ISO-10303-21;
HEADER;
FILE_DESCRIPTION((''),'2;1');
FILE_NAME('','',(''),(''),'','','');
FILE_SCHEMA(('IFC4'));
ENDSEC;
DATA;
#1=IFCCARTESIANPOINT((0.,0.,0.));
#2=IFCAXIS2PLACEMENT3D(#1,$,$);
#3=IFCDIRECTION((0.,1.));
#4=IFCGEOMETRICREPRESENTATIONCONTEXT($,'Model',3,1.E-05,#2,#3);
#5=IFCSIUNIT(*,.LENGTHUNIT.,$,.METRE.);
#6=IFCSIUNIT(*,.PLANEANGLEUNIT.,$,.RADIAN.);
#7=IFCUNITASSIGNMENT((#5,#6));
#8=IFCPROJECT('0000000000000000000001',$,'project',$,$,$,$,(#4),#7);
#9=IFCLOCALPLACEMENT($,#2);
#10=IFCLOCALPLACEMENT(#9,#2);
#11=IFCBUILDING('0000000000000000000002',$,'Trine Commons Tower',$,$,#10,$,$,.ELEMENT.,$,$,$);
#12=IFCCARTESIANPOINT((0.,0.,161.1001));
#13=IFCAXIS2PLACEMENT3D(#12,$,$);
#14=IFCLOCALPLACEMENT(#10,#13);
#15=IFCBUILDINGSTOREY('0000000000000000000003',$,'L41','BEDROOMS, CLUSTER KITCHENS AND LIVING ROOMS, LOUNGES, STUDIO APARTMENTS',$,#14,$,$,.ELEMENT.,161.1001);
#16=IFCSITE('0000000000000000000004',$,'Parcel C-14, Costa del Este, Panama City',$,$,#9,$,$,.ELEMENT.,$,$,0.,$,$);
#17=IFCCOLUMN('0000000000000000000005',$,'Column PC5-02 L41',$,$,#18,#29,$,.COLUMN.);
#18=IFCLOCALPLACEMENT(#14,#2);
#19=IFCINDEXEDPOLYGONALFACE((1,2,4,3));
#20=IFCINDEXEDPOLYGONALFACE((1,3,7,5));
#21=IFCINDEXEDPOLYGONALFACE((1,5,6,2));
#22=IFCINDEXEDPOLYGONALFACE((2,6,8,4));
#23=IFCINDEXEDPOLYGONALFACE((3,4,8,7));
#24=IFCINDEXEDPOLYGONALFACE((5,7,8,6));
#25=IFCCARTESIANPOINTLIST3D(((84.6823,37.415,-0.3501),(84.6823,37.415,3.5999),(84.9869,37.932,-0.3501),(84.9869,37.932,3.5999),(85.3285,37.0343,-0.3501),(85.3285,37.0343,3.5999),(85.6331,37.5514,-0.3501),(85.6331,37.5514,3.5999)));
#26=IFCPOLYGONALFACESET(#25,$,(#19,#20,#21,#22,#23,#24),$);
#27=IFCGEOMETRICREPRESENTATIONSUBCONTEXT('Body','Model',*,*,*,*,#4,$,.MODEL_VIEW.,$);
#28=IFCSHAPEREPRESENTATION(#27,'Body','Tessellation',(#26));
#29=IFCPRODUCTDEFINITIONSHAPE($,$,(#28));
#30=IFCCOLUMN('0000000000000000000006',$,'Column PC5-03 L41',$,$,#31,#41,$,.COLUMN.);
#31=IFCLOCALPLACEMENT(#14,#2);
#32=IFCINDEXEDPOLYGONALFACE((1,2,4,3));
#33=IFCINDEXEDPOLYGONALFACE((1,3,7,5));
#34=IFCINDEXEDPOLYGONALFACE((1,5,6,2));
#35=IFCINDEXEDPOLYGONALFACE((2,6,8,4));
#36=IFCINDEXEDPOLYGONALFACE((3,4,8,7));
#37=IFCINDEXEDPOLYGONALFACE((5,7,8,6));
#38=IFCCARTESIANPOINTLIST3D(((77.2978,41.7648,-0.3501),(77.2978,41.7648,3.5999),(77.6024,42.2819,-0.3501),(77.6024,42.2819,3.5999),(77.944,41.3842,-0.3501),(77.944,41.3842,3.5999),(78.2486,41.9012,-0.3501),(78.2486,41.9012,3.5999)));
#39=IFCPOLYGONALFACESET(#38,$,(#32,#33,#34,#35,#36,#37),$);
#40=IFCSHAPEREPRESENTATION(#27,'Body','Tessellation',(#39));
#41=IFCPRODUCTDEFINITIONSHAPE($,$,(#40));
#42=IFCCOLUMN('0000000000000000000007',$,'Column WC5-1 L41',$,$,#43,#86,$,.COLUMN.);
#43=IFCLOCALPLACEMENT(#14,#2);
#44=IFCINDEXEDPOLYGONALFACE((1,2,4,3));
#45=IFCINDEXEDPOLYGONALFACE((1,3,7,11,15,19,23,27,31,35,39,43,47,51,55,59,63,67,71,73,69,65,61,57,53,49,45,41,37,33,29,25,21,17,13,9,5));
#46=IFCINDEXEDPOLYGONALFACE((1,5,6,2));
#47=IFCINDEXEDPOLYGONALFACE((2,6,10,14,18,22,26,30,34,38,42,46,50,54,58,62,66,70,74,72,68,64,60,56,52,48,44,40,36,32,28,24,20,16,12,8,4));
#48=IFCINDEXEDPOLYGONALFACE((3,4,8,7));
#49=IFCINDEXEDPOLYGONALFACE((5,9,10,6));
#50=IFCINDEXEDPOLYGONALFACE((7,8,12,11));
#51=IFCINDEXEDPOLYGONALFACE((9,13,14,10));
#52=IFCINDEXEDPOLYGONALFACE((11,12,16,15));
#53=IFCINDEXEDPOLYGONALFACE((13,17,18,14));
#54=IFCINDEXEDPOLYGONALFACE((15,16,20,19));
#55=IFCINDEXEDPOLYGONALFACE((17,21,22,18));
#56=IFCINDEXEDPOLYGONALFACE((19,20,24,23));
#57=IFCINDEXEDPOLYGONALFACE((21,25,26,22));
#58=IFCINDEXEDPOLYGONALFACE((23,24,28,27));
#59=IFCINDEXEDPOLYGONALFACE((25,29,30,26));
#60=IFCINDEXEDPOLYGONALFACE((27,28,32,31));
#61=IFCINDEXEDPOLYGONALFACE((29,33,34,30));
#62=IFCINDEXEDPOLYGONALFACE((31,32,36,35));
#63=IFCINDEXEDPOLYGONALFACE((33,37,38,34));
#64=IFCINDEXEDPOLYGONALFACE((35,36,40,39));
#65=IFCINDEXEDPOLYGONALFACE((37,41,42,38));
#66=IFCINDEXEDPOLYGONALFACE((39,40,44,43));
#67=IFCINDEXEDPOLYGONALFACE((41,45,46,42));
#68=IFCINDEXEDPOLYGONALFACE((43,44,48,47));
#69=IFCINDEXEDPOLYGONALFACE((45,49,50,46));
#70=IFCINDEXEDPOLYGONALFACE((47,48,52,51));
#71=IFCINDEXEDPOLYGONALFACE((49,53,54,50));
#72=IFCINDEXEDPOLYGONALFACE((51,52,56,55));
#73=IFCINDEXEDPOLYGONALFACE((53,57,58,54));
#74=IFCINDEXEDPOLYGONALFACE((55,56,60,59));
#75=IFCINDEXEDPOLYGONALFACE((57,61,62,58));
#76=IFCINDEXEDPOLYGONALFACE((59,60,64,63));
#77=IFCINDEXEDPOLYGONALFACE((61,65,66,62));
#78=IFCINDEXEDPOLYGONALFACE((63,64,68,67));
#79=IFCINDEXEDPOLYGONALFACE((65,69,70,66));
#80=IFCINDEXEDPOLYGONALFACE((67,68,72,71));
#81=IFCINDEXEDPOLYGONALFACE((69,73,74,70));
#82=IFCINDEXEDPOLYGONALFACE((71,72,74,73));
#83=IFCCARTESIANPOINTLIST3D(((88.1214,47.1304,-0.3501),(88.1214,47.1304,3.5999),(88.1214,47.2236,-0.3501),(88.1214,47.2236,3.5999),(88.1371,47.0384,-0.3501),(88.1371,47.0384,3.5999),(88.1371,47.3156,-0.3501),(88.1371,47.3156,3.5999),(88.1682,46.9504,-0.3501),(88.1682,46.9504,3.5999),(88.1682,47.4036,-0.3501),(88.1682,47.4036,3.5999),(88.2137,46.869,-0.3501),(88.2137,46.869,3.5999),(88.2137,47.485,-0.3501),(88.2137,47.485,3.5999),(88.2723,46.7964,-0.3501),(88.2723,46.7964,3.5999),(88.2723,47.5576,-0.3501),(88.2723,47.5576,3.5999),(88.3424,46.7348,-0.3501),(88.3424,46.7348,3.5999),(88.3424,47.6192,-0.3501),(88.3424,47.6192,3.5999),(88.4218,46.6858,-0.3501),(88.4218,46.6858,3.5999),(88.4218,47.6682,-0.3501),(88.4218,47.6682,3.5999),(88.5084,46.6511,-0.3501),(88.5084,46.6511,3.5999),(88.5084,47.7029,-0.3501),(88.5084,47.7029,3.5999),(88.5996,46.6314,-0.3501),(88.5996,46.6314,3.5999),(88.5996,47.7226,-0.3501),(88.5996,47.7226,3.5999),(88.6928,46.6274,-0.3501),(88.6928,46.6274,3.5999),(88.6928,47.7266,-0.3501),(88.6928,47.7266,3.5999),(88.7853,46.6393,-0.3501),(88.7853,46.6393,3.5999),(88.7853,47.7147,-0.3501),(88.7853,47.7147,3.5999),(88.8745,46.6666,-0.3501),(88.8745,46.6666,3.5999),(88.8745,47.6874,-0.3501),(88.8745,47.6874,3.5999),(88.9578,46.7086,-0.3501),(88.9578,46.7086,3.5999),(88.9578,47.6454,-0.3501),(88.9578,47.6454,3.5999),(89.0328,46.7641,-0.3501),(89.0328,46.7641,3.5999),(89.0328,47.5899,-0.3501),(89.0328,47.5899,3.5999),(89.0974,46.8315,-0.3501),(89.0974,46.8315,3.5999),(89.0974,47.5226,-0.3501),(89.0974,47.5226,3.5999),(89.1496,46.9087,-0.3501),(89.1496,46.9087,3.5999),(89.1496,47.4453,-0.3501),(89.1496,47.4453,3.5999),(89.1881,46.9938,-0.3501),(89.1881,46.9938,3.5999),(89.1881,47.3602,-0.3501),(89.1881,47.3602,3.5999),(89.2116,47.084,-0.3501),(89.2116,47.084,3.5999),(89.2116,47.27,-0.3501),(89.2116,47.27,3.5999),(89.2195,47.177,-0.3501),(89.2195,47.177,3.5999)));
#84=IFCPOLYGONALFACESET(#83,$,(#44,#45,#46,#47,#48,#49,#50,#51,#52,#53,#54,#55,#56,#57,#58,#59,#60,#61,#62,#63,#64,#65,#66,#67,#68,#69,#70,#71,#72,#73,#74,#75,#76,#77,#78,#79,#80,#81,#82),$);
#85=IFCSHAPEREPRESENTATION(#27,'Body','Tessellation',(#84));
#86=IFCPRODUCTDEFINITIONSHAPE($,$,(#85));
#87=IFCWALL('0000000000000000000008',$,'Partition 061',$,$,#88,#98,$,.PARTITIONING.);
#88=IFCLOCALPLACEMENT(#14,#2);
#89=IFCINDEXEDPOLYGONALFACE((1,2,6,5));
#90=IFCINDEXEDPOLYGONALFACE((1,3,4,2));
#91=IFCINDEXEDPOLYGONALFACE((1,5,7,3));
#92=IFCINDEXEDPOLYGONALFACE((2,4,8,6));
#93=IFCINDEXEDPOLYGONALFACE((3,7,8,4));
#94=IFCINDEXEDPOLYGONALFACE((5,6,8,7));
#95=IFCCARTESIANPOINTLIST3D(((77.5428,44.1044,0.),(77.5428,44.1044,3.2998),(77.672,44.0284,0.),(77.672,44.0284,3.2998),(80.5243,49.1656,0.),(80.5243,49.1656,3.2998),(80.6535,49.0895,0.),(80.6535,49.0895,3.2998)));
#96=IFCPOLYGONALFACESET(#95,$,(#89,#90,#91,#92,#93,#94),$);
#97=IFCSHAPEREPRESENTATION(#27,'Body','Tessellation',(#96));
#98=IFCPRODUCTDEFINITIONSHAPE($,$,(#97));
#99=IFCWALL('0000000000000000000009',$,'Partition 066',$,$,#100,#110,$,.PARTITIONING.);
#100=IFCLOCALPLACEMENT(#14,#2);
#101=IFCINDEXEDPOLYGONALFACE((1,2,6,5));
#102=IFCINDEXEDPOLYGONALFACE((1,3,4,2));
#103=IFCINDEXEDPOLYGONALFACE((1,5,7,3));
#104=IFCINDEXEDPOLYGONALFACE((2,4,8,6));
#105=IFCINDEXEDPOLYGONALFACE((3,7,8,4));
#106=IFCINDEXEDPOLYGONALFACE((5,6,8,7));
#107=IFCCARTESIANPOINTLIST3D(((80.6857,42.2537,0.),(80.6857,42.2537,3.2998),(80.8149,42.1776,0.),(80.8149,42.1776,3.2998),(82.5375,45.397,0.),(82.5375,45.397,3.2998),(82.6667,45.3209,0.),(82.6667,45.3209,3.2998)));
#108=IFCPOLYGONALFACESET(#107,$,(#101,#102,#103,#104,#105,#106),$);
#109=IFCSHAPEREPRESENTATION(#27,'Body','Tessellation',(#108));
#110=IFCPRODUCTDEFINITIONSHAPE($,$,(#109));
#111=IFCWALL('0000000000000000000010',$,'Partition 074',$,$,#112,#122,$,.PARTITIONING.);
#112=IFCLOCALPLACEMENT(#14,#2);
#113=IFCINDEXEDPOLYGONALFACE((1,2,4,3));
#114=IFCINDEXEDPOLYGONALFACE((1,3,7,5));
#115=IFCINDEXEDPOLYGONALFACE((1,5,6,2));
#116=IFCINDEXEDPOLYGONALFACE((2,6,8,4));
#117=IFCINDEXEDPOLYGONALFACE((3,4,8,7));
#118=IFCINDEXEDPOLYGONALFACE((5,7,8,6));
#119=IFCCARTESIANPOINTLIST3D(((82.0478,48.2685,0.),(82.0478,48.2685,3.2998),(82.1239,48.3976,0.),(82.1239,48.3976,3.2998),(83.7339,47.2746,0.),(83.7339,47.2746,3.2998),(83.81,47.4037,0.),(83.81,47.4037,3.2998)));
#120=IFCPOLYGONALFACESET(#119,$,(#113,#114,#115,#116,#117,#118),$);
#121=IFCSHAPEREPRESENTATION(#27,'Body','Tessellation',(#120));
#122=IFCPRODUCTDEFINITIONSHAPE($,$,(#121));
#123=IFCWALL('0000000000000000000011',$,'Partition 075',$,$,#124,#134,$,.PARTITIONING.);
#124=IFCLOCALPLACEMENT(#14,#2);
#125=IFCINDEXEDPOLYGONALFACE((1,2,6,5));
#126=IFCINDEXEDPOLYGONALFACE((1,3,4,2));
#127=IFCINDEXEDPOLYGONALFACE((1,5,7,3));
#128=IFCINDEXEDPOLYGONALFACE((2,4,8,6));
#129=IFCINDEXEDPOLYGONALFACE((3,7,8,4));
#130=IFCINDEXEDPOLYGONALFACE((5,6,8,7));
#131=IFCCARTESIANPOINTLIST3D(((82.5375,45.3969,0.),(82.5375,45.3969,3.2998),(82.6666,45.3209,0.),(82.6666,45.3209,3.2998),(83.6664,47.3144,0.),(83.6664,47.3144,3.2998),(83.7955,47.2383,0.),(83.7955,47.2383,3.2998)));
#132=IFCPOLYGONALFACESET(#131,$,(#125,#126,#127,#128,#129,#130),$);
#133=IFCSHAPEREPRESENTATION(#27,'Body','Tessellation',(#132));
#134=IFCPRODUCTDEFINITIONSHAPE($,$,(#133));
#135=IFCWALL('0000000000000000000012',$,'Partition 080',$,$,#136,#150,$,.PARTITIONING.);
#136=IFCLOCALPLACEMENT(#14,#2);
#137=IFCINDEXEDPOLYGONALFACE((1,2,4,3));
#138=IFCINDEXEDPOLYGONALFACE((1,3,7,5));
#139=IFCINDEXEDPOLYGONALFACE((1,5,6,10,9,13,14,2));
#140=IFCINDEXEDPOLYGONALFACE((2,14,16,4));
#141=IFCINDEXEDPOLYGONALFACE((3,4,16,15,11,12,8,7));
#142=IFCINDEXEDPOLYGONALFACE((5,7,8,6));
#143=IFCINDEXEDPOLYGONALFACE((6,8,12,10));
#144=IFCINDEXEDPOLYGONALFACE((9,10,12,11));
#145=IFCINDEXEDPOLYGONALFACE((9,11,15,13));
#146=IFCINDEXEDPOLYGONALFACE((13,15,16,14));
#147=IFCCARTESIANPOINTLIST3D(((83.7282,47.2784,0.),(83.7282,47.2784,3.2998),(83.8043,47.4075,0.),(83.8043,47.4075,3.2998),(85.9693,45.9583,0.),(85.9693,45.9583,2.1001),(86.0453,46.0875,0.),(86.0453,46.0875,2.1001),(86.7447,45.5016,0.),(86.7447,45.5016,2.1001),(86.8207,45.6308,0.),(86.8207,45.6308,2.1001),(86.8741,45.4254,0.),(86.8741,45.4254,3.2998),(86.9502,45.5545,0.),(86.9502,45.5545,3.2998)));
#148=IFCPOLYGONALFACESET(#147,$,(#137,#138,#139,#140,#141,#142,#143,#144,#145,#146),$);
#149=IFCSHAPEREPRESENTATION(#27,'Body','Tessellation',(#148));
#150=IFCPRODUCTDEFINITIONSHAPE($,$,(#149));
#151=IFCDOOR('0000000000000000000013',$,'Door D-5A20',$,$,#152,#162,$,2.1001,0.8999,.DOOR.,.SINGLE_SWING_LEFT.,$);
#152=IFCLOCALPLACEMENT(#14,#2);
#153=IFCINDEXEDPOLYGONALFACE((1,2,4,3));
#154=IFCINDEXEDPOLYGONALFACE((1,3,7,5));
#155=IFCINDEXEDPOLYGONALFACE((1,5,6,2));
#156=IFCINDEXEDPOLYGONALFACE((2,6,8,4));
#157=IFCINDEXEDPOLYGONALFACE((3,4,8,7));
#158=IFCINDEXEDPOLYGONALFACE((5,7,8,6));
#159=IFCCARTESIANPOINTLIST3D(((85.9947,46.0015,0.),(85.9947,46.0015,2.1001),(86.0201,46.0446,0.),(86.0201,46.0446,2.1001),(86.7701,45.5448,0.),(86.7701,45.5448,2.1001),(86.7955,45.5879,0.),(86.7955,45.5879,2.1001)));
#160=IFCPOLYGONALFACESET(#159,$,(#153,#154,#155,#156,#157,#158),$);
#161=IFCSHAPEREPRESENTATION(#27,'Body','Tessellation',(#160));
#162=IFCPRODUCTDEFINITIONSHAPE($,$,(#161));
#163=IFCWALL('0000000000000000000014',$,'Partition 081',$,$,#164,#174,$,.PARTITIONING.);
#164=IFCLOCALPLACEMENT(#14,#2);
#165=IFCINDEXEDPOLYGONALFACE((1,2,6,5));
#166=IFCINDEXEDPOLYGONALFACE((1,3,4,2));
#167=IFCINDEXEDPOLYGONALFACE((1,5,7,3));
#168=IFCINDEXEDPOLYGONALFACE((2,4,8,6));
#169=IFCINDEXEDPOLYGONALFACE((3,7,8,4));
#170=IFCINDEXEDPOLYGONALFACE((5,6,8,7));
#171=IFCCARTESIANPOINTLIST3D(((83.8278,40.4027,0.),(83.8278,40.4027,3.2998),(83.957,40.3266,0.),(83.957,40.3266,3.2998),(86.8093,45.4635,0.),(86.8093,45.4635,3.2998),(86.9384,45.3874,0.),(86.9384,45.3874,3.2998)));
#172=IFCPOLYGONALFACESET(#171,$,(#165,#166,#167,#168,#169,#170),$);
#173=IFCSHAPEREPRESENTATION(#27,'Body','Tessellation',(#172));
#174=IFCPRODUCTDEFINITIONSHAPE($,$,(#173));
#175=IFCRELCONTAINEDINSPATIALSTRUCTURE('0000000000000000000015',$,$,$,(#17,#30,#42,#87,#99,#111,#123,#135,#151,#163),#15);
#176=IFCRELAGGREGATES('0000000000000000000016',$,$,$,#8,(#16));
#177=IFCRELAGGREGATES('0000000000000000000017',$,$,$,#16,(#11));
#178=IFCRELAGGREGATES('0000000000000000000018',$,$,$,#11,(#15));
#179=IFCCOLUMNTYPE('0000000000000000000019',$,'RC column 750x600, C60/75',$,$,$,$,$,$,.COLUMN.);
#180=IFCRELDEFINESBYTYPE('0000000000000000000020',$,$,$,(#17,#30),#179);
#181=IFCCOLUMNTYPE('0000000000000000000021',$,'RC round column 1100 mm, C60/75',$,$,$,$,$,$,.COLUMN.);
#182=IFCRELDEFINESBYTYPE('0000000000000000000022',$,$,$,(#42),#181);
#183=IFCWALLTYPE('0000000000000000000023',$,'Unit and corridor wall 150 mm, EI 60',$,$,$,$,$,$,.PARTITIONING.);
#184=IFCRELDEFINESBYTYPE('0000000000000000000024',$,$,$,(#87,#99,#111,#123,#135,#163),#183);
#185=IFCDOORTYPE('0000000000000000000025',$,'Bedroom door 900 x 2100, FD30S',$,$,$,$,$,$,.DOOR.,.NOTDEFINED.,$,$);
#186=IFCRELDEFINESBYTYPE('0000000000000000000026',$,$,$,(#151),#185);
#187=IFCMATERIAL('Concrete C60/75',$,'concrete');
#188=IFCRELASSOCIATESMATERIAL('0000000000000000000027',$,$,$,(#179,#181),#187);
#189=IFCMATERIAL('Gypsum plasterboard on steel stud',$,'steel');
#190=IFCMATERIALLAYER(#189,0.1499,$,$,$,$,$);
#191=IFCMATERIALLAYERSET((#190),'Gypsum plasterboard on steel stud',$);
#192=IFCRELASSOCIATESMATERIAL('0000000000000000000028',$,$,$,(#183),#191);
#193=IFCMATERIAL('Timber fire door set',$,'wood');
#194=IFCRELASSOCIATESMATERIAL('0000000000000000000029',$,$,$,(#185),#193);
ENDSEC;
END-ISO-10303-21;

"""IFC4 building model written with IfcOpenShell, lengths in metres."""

from ifc_helpers import new_model, si_unit, direction, frame, frame_2d, origin, origin_2d, place, context, subcontext, project, spatial, rectangle, circle, extrude, material, layer, layer_set, material_profile, profile_set, type_object, element, fill, save


model = new_model("IFC4")

# Units and contexts
model_context = context("Model", 3, precision=1e-05, world=origin(), true_north=direction((0.0, 1.0)))
body_context = subcontext(model_context, "Body", "Model", "MODEL_VIEW")
ifc_project = project(units=[si_unit("LENGTHUNIT", "METRE"), si_unit("PLANEANGLEUNIT", "RADIAN")], contexts=[model_context])

# Site, building, storey
site_placement = place(None, origin())
site = spatial("IfcSite", under=ifc_project, at=site_placement, Name="Parcel C-14, Costa del Este, Panama City", CompositionType="ELEMENT", RefElevation=0.0)
building_placement = place(site_placement, origin())
building = spatial("IfcBuilding", under=site, at=building_placement, Name="Trine Commons Tower", CompositionType="ELEMENT")
storey_placement = place(building_placement, frame((0.0, 0.0, 161.1001)))
storey = spatial("IfcBuildingStorey", under=building, at=storey_placement, Name="L41", Description="BEDROOMS, CLUSTER KITCHENS AND LIVING ROOMS, LOUNGES, STUDIO APARTMENTS", CompositionType="ELEMENT", Elevation=161.1001)

# Columns
ifc_material_1 = material(Name="Concrete C60/75", Category="concrete")
ifc_material_profile_1 = material_profile(ifc_material_1, rectangle(XDim=0.75, YDim=0.6001, at=origin_2d()), Name="RC 750x600")
ifc_profile_set_1 = profile_set([ifc_material_profile_1], Name="Concrete C60/75")
column_type_1 = type_object("IfcColumnType", Name="RC column 750x600, C60/75", PredefinedType="COLUMN", material=ifc_profile_set_1)
for number, where, z_axis, x_axis, name in (
    (1, (85.1577, 37.4832, -0.3501), (0.0, 0.0, 1.0), (-0.861629, 0.507538, 0.0), "Column PC5-02 L41"),
    (2, (77.7732, 41.833, -0.3501), (0.0, 0.0, 1.0), (-0.861629, 0.507538, 0.0), "Column PC5-03 L41"),
):
    element("IfcColumn", number, at=place(storey_placement, frame(where, z_axis=z_axis, x_axis=x_axis)), inside=storey, type_object=column_type_1, Name=name, PredefinedType="COLUMN", context=body_context, shape_type="SweptSolid", body=[
        extrude(rectangle(XDim=0.75, YDim=0.6001, at=origin_2d()), origin(), (0.0, 0.0, 1.0), 3.95),
    ])
ifc_material_profile_2 = material_profile(ifc_material_1, circle(Radius=0.55, at=origin_2d()), Name="RC round 1100")
ifc_profile_set_2 = profile_set([ifc_material_profile_2], Name="Concrete C60/75")
column_type_2 = type_object("IfcColumnType", Name="RC round column 1100 mm, C60/75", PredefinedType="COLUMN", material=ifc_profile_set_2)
column_placement = place(storey_placement, frame((88.6694, 47.177, -0.3501), z_axis=(0.0, 0.0, 1.0), x_axis=(1.0, 0.0, 0.0)))
element("IfcColumn", 3, at=column_placement, inside=storey, type_object=column_type_2, Name="Column WC5-1 L41", PredefinedType="COLUMN", context=body_context, shape_type="SweptSolid", body=[
    extrude(circle(Radius=0.55, at=origin_2d()), origin(), (0.0, 0.0, 1.0), 3.95),
])

# Walls
ifc_material_2 = material(Name="Gypsum plasterboard on steel stud", Category="steel")
ifc_layer_1 = layer(ifc_material_2, 0.1499)
ifc_layer_set_1 = layer_set([ifc_layer_1], Name="Gypsum plasterboard on steel stud")
wall_type_1 = type_object("IfcWallType", Name="Unit and corridor wall 150 mm, EI 60", PredefinedType="PARTITIONING", material=ifc_layer_set_1)
wall_1_placement = place(storey_placement, frame((77.6074, 44.0664, 0.0), z_axis=(0.0, 0.0, 1.0), x_axis=(0.507572, 0.861609, 0.0)))
element("IfcWall", 4, at=wall_1_placement, inside=storey, type_object=wall_type_1, Name="Partition 061", PredefinedType="PARTITIONING", context=body_context, shape_type="SweptSolid", body=[
    extrude(rectangle(XDim=5.874, YDim=0.1499, at=frame_2d((2.937, 0.0))), origin(), (0.0, 0.0, 1.0), 3.2998),
])
wall_2_placement = place(storey_placement, frame((80.7502, 42.2156, 0.0), z_axis=(0.0, 0.0, 1.0), x_axis=(0.50759, 0.861599, 0.0)))
element("IfcWall", 5, at=wall_2_placement, inside=storey, type_object=wall_type_1, Name="Partition 066", PredefinedType="PARTITIONING", context=body_context, shape_type="SweptSolid", body=[
    extrude(rectangle(XDim=3.6482, YDim=0.1499, at=frame_2d((1.8242, 0.0))), origin(), (0.0, 0.0, 1.0), 3.2998),
])
wall_3_placement = place(storey_placement, frame((82.0859, 48.333, 0.0), z_axis=(0.0, 0.0, 1.0), x_axis=(0.861462, -0.507821, 0.0)))
element("IfcWall", 6, at=wall_3_placement, inside=storey, type_object=wall_type_1, Name="Partition 074", PredefinedType="PARTITIONING", context=body_context, shape_type="SweptSolid", body=[
    extrude(rectangle(XDim=1.9573, YDim=0.1499, at=frame_2d((0.9785, 0.0))), origin(), (0.0, 0.0, 1.0), 3.2998),
])
wall_4_placement = place(storey_placement, frame((82.6021, 45.3589, 0.0), z_axis=(0.0, 0.0, 1.0), x_axis=(0.507346, 0.861742, 0.0)))
element("IfcWall", 7, at=wall_4_placement, inside=storey, type_object=wall_type_1, Name="Partition 075", PredefinedType="PARTITIONING", context=body_context, shape_type="SweptSolid", body=[
    extrude(rectangle(XDim=2.2251, YDim=0.1499, at=frame_2d((1.1125, 0.0))), origin(), (0.0, 0.0, 1.0), 3.2998),
])

# Wall, opening, door
wall_5_placement = place(storey_placement, frame((83.7661, 47.343, 0.0), z_axis=(0.0, 0.0, 1.0), x_axis=(0.861642, -0.507517, 0.0)))
wall_5 = element("IfcWall", 8, at=wall_5_placement, inside=storey, type_object=wall_type_1, Name="Partition 080", PredefinedType="PARTITIONING", context=body_context, shape_type="SweptSolid", body=[
    extrude(rectangle(XDim=3.6511, YDim=0.1499, at=frame_2d((1.8257, 0.0))), origin(), (0.0, 0.0, 1.0), 3.2998),
])
opening_1_placement = place(wall_5_placement, frame((2.6011, 0.0, 0.0)))
opening_1 = element("IfcOpeningElement", 9, at=opening_1_placement, cuts=wall_5, PredefinedType="OPENING", context=body_context, shape_type="SweptSolid", body=[
    extrude(rectangle(XDim=0.8999, YDim=2.1001, at=frame_2d((0.45, 1.05))), frame((0.0, 0.085, 0.0), z_axis=(0.0, -1.0, 0.0), x_axis=(1.0, 0.0, 0.0)), (0.0, 0.0, 1.0), 0.1699),
])
ifc_material_3 = material(Name="Timber fire door set", Category="wood")
door_type_1 = type_object("IfcDoorType", Name="Bedroom door 900 x 2100, FD30S", OperationType="NOTDEFINED", PredefinedType="DOOR", material=ifc_material_3)
door_1_placement = place(opening_1_placement, frame((0.8999, 0.0, 0.0), z_axis=(0.0, 0.0, 1.0), x_axis=(-1.0, 0.0, 0.0)))
door_1 = element("IfcDoor", 10, at=door_1_placement, inside=storey, type_object=door_type_1, Name="Door D-5A20", OperationType="SINGLE_SWING_LEFT", OverallHeight=2.1001, OverallWidth=0.8999, PredefinedType="DOOR", context=body_context, shape_type="SweptSolid", body=[
    extrude(rectangle(XDim=0.8999, YDim=2.1001, at=frame_2d((0.45, 1.05))), frame((0.0, 0.0249, 0.0), z_axis=(0.0, -1.0, 0.0), x_axis=(1.0, 0.0, 0.0)), (0.0, 0.0, 1.0), 0.05),
])
fill(opening_1, door_1)

# Wall
wall_6_placement = place(storey_placement, frame((83.8923, 40.3645, 0.0), z_axis=(0.0, 0.0, 1.0), x_axis=(0.50759, 0.861599, 0.0)))
element("IfcWall", 11, at=wall_6_placement, inside=storey, type_object=wall_type_1, Name="Partition 081", PredefinedType="PARTITIONING", context=body_context, shape_type="SweptSolid", body=[
    extrude(rectangle(XDim=5.8738, YDim=0.1499, at=frame_2d((2.937, 0.0))), origin(), (0.0, 0.0, 1.0), 3.2998),
])

save(model, "model.ifc")
